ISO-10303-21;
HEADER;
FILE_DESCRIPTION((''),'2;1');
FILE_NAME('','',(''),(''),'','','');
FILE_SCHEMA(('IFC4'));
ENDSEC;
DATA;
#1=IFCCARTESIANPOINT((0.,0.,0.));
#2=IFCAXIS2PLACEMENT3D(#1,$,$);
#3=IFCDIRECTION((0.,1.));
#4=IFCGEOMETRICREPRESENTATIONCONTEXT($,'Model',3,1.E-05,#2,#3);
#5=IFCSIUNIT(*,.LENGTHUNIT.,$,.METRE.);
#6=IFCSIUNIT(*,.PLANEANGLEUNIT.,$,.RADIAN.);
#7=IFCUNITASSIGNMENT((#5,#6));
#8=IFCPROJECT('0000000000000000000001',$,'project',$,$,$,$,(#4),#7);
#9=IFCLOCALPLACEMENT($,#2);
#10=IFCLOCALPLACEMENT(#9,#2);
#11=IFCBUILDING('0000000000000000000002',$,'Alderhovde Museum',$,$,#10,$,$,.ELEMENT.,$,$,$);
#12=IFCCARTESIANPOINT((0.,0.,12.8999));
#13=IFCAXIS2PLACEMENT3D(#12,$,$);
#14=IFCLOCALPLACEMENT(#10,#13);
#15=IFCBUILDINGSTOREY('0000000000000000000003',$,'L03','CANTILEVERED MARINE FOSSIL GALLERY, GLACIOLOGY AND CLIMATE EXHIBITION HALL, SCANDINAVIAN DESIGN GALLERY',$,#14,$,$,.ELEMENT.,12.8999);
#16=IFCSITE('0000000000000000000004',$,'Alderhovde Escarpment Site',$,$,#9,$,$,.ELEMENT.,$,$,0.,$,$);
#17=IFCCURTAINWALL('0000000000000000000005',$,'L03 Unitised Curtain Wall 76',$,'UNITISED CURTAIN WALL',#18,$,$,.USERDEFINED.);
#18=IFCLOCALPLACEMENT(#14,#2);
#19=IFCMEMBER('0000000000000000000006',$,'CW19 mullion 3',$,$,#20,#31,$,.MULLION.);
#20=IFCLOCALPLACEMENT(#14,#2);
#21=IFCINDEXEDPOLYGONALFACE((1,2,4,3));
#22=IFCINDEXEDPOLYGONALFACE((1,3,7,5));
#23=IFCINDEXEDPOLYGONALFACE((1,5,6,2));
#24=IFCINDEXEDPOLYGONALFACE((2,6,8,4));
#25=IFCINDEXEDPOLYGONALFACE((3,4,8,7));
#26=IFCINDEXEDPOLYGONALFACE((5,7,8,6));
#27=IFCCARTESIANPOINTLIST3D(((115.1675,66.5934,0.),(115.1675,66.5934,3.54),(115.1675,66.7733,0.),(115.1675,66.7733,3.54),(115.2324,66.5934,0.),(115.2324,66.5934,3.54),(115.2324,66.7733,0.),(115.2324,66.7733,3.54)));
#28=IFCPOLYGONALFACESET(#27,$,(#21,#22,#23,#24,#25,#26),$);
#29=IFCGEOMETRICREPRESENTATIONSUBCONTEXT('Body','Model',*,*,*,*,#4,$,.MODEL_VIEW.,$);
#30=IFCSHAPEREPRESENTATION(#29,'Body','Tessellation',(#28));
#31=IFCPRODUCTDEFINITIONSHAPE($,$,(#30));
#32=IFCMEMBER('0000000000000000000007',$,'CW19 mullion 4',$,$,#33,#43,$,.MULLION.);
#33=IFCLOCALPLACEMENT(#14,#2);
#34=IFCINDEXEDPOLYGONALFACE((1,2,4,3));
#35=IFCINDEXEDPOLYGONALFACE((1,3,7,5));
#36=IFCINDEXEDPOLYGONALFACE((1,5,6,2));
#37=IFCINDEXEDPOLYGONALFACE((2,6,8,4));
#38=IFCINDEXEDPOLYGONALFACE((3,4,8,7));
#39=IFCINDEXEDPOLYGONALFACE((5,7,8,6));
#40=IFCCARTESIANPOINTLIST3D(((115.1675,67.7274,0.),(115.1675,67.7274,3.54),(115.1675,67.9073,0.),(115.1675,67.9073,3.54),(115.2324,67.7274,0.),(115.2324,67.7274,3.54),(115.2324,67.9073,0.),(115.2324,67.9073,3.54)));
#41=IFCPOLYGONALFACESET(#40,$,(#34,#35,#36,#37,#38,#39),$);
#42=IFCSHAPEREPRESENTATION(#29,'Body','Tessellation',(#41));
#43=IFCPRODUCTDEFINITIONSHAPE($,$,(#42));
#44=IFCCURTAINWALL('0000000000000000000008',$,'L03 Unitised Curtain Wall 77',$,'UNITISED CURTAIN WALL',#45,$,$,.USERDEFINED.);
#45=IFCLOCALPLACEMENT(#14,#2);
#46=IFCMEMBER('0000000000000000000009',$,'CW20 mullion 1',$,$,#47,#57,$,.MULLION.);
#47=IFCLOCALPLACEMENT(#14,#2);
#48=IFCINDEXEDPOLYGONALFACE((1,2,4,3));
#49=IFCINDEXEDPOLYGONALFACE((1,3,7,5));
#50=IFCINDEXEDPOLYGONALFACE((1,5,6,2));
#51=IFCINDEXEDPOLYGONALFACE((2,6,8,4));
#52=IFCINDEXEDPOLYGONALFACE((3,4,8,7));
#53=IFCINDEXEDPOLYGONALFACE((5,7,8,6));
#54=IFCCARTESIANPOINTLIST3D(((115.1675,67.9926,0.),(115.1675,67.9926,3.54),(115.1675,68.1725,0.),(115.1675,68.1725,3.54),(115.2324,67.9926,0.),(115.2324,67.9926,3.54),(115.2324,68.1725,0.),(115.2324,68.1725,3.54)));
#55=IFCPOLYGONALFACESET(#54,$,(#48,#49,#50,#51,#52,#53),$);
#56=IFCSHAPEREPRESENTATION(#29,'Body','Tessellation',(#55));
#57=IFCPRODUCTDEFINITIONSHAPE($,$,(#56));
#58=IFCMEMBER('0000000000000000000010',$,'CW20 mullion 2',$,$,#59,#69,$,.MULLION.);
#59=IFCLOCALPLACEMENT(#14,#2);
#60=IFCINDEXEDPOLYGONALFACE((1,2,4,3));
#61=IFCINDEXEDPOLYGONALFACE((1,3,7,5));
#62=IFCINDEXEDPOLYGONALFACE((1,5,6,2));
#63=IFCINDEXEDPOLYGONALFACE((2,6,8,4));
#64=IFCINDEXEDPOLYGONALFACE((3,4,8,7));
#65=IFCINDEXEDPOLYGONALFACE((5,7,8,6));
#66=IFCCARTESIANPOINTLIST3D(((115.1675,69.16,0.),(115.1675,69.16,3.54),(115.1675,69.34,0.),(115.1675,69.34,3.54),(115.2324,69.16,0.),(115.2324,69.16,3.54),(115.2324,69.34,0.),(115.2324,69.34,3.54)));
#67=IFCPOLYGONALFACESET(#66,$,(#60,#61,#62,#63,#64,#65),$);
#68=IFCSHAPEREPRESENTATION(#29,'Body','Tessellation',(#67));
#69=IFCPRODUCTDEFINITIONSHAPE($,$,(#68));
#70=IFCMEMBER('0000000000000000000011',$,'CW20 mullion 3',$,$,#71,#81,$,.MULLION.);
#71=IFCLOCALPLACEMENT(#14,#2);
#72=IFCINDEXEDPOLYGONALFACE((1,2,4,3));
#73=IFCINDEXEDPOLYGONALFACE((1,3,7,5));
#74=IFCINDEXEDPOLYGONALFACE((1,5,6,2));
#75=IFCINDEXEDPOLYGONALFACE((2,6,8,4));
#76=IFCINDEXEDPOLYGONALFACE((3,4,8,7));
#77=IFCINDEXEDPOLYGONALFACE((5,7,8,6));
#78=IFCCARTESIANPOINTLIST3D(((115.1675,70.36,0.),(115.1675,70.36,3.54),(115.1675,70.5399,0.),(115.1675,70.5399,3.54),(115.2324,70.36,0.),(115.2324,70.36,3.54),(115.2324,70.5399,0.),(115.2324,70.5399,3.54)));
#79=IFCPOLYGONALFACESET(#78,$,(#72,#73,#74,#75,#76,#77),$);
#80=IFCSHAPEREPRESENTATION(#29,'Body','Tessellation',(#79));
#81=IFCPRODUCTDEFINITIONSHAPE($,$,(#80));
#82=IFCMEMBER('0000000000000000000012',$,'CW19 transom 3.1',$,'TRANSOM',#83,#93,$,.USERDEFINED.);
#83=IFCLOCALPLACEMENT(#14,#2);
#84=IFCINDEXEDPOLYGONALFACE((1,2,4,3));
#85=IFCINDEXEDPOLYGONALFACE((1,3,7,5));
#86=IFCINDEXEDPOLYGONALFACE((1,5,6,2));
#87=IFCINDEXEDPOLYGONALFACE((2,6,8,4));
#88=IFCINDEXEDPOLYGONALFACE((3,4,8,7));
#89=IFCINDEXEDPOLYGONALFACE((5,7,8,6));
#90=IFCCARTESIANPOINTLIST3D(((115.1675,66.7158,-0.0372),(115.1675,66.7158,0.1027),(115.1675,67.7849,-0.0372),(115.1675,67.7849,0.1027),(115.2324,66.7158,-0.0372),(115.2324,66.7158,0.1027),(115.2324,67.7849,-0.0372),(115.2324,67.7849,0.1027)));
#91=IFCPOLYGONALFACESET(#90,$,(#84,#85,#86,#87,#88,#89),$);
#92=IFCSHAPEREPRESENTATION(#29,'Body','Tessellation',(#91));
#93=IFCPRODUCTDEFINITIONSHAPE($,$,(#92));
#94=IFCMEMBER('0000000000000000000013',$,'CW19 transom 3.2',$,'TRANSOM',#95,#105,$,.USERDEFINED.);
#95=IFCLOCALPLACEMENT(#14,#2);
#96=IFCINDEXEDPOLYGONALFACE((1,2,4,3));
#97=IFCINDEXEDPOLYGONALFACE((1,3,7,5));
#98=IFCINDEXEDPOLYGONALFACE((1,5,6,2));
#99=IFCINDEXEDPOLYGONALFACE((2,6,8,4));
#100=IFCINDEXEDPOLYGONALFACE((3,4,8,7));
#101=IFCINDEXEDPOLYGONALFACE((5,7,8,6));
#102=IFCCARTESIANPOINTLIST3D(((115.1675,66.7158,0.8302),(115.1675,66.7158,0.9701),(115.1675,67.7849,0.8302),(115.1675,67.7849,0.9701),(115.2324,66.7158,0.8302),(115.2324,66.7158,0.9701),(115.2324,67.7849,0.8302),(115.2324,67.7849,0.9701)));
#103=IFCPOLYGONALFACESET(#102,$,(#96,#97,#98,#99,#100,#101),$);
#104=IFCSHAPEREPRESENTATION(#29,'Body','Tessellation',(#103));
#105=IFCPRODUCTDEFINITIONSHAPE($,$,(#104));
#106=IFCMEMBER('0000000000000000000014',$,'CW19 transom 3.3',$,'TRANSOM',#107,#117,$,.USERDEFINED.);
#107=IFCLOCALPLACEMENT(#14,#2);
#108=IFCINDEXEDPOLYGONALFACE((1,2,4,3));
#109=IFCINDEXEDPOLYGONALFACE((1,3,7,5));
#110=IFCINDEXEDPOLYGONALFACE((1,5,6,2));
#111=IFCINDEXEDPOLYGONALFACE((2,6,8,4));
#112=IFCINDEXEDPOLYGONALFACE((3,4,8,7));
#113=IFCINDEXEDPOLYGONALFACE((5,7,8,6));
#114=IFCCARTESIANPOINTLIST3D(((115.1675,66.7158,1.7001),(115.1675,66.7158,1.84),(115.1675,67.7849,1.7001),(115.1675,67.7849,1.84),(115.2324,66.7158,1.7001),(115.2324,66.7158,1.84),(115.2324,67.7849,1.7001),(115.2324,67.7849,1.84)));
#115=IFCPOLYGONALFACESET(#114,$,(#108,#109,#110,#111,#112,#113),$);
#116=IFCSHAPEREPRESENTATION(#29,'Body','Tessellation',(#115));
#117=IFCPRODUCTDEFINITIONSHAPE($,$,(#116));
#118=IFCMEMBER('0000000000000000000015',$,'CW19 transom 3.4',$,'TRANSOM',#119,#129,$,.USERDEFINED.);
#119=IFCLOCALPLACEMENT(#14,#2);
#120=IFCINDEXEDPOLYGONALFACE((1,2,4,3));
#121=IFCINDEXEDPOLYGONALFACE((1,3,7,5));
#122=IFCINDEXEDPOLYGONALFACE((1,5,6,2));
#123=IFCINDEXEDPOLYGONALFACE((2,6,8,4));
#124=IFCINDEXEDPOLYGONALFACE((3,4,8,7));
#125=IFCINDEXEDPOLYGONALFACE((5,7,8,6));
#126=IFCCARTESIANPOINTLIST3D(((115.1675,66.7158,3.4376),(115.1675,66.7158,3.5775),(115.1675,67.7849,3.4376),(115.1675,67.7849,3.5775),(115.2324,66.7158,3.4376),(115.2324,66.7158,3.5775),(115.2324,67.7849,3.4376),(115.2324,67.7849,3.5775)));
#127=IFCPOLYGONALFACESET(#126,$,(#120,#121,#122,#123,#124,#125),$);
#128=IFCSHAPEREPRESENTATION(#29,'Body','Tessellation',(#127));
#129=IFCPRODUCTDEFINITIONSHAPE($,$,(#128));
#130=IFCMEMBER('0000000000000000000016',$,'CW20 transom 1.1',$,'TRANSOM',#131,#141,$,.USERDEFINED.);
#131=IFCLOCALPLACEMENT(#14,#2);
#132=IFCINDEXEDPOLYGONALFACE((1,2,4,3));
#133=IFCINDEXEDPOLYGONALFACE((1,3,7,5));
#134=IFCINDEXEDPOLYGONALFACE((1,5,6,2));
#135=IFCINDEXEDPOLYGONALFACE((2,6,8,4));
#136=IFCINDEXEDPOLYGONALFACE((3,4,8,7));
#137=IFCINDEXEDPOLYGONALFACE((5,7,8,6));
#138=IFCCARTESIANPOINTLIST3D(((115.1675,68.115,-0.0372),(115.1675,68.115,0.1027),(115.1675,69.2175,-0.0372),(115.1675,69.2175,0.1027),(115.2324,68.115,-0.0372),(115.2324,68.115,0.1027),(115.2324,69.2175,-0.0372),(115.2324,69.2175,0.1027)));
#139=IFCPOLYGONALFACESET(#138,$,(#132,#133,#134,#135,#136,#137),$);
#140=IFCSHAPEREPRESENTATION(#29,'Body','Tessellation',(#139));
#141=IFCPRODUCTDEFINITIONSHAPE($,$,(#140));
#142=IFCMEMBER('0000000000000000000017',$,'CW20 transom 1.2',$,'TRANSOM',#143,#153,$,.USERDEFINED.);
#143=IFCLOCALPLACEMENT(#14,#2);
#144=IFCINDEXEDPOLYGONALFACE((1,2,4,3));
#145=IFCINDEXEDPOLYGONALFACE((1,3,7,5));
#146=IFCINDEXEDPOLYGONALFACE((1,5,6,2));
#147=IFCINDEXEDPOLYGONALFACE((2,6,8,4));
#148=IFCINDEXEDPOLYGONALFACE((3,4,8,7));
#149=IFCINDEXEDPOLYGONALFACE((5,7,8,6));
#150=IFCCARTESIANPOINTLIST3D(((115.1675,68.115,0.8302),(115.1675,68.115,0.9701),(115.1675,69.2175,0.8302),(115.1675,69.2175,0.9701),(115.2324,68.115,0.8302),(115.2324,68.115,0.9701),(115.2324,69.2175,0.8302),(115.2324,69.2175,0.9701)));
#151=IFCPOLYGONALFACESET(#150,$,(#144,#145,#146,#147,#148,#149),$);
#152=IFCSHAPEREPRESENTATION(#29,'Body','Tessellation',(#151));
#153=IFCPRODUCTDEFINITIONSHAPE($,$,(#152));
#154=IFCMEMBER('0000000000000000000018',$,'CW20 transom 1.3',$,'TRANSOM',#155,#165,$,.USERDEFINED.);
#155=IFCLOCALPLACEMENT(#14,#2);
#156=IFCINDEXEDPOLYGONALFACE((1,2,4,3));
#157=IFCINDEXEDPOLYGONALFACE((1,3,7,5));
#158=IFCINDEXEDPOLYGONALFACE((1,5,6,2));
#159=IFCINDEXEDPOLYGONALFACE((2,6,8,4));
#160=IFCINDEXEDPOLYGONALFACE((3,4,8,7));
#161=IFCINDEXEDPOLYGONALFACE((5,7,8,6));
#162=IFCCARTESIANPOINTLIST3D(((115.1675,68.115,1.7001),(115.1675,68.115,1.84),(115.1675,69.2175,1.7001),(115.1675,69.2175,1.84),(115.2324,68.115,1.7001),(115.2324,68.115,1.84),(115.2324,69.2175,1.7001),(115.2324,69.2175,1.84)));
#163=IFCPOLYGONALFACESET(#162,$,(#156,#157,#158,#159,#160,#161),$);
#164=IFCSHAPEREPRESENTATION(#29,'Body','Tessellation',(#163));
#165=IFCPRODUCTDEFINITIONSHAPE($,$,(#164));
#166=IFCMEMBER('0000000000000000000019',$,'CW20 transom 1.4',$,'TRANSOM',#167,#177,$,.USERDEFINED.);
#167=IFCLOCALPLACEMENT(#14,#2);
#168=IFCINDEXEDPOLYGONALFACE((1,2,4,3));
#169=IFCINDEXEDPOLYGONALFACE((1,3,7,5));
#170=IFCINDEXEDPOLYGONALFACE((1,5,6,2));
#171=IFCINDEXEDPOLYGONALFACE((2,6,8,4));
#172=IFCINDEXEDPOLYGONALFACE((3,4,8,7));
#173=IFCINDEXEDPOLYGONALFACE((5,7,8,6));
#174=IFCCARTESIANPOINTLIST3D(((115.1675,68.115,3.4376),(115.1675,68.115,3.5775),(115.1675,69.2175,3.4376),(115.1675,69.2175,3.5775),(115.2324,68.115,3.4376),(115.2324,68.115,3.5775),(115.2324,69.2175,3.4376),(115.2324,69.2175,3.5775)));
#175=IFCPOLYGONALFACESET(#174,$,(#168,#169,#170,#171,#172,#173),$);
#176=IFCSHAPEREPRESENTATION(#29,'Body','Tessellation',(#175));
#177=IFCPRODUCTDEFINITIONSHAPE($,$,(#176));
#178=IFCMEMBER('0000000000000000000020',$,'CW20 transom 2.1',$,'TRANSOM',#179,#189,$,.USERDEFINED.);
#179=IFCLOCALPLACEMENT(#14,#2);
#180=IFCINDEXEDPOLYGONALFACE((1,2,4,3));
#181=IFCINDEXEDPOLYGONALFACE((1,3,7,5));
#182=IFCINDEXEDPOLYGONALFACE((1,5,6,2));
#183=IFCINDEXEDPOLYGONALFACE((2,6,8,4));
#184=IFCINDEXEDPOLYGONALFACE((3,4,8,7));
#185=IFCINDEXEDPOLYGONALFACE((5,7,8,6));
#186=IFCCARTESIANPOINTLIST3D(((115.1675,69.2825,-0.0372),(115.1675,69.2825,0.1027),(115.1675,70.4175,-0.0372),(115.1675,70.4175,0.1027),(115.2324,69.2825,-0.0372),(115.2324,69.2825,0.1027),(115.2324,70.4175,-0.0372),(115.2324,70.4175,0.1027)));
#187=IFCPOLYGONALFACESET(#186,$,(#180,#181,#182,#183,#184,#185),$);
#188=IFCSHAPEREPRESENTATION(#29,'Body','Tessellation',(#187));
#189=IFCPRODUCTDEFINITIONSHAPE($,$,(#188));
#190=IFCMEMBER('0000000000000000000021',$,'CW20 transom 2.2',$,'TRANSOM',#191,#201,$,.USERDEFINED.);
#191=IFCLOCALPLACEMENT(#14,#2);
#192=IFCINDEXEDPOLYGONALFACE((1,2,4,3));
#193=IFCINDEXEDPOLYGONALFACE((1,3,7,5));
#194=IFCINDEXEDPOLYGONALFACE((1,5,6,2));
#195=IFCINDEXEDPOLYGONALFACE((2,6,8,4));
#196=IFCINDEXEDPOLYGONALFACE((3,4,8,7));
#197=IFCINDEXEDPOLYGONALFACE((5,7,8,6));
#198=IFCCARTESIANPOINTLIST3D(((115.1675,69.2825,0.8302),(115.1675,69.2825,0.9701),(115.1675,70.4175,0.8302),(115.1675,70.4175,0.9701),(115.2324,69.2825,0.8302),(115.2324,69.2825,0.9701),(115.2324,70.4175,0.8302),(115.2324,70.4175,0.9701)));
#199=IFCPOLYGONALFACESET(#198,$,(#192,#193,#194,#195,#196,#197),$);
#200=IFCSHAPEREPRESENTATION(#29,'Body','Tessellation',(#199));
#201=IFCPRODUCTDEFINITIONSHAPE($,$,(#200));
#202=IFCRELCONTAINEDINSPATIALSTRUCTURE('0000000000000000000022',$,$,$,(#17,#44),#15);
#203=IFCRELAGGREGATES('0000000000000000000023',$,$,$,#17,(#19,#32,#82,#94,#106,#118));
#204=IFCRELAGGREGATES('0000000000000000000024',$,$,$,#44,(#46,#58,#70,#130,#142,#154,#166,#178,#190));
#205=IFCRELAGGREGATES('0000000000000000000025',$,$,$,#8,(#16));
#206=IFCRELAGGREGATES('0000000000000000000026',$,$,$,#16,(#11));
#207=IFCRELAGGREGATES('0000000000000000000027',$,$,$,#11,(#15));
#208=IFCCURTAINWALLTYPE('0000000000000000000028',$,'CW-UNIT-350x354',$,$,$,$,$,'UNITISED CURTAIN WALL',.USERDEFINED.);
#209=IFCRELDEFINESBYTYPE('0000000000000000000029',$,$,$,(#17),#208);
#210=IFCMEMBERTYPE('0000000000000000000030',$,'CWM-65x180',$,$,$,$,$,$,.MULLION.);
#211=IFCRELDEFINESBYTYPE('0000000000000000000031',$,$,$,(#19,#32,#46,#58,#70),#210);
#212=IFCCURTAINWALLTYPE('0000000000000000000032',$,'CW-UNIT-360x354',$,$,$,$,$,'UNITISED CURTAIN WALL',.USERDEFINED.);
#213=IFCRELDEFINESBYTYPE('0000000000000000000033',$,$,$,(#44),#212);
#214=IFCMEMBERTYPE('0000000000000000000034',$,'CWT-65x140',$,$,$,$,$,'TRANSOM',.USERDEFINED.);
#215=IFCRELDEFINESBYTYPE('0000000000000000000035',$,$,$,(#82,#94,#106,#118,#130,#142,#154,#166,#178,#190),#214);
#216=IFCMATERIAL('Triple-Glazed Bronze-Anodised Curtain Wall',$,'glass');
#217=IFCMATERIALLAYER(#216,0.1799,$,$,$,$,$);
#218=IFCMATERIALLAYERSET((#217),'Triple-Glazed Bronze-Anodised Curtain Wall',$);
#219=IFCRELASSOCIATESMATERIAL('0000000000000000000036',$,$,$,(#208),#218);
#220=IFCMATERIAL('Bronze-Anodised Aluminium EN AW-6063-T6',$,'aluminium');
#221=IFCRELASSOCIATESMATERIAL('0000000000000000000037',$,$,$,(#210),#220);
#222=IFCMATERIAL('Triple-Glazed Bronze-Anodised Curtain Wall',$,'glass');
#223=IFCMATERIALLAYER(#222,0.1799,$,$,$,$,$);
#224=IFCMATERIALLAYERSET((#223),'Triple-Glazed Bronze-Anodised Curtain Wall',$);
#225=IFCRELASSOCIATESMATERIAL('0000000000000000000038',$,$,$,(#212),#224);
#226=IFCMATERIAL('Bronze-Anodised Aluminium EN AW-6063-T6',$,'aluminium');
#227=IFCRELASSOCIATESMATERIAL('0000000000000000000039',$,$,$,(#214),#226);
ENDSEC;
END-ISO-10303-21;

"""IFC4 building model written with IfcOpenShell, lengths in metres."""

from ifc_helpers import new_model, si_unit, direction, frame, origin, origin_2d, place, context, subcontext, project, spatial, rectangle, extrude, material, layer, layer_set, material_profile, profile_set, type_object, element, aggregate, save


model = new_model("IFC4")

# Units and contexts
model_context = context("Model", 3, precision=1e-05, world=origin(), true_north=direction((0.0, 1.0)))
body_context = subcontext(model_context, "Body", "Model", "MODEL_VIEW")
ifc_project = project(units=[si_unit("LENGTHUNIT", "METRE"), si_unit("PLANEANGLEUNIT", "RADIAN")], contexts=[model_context])

# Site, building, storey
site_placement = place(None, origin())
site = spatial("IfcSite", under=ifc_project, at=site_placement, Name="Alderhovde Escarpment Site", CompositionType="ELEMENT", RefElevation=0.0)
building_placement = place(site_placement, origin())
building = spatial("IfcBuilding", under=site, at=building_placement, Name="Alderhovde Museum", CompositionType="ELEMENT")
storey_placement = place(building_placement, frame((0.0, 0.0, 12.8999)))
storey = spatial("IfcBuildingStorey", under=building, at=storey_placement, Name="L03", Description="CANTILEVERED MARINE FOSSIL GALLERY, GLACIOLOGY AND CLIMATE EXHIBITION HALL, SCANDINAVIAN DESIGN GALLERY", CompositionType="ELEMENT", Elevation=12.8999)

# Curtain walls, members
ifc_material_1 = material(Name="Triple-Glazed Bronze-Anodised Curtain Wall", Category="glass")
ifc_layer_1 = layer(ifc_material_1, 0.1799)
ifc_layer_set_1 = layer_set([ifc_layer_1], Name="Triple-Glazed Bronze-Anodised Curtain Wall")
curtain_wall_type_1 = type_object("IfcCurtainWallType", Name="CW-UNIT-350x354", ElementType="UNITISED CURTAIN WALL", PredefinedType="USERDEFINED", material=ifc_layer_set_1)
curtain_wall_1_placement = place(storey_placement, origin())
curtain_wall_1 = element("IfcCurtainWall", 1, at=curtain_wall_1_placement, inside=storey, type_object=curtain_wall_type_1, Name="L03 Unitised Curtain Wall 76", ObjectType="UNITISED CURTAIN WALL", PredefinedType="USERDEFINED")
ifc_material_2 = material(Name="Bronze-Anodised Aluminium EN AW-6063-T6", Category="aluminium")
ifc_material_profile_1 = material_profile(ifc_material_2, rectangle(XDim=0.0649, YDim=0.1799, at=origin_2d()), Name="MULLION 65x180")
ifc_profile_set_1 = profile_set([ifc_material_profile_1], Name="Bronze-Anodised Aluminium EN AW-6063-T6")
member_type_1 = type_object("IfcMemberType", Name="CWM-65x180", PredefinedType="MULLION", material=ifc_profile_set_1)
member_1_placement = place(storey_placement, frame((115.2, 66.6833, 0.0), z_axis=(0.0, 0.0, 1.0), x_axis=(-1.0, 0.0, 0.0)))
member_1 = element("IfcMember", 2, at=member_1_placement, type_object=member_type_1, Name="CW19 mullion 3", PredefinedType="MULLION", context=body_context, shape_type="SweptSolid", body=[
    extrude(rectangle(XDim=0.0649, YDim=0.1799, at=origin_2d()), origin(), (0.0, 0.0, 1.0), 3.54),
])
member_2_placement = place(storey_placement, frame((115.2, 67.8174, 0.0), z_axis=(0.0, 0.0, 1.0), x_axis=(-1.0, 0.0, 0.0)))
member_2 = element("IfcMember", 3, at=member_2_placement, type_object=member_type_1, Name="CW19 mullion 4", PredefinedType="MULLION", context=body_context, shape_type="SweptSolid", body=[
    extrude(rectangle(XDim=0.0649, YDim=0.1799, at=origin_2d()), origin(), (0.0, 0.0, 1.0), 3.54),
])
ifc_material_3 = material(Name="Triple-Glazed Bronze-Anodised Curtain Wall", Category="glass")
ifc_layer_2 = layer(ifc_material_3, 0.1799)
ifc_layer_set_2 = layer_set([ifc_layer_2], Name="Triple-Glazed Bronze-Anodised Curtain Wall")
curtain_wall_type_2 = type_object("IfcCurtainWallType", Name="CW-UNIT-360x354", ElementType="UNITISED CURTAIN WALL", PredefinedType="USERDEFINED", material=ifc_layer_set_2)
curtain_wall_2_placement = place(storey_placement, origin())
curtain_wall_2 = element("IfcCurtainWall", 4, at=curtain_wall_2_placement, inside=storey, type_object=curtain_wall_type_2, Name="L03 Unitised Curtain Wall 77", ObjectType="UNITISED CURTAIN WALL", PredefinedType="USERDEFINED")
member_3_placement = place(storey_placement, frame((115.2, 68.0825, 0.0), z_axis=(0.0, 0.0, 1.0), x_axis=(-1.0, 0.0, 0.0)))
member_3 = element("IfcMember", 5, at=member_3_placement, type_object=member_type_1, Name="CW20 mullion 1", PredefinedType="MULLION", context=body_context, shape_type="SweptSolid", body=[
    extrude(rectangle(XDim=0.0649, YDim=0.1799, at=origin_2d()), origin(), (0.0, 0.0, 1.0), 3.54),
])
member_4_placement = place(storey_placement, frame((115.2, 69.25, 0.0), z_axis=(0.0, 0.0, 1.0), x_axis=(-1.0, 0.0, 0.0)))
member_4 = element("IfcMember", 6, at=member_4_placement, type_object=member_type_1, Name="CW20 mullion 2", PredefinedType="MULLION", context=body_context, shape_type="SweptSolid", body=[
    extrude(rectangle(XDim=0.0649, YDim=0.1799, at=origin_2d()), origin(), (0.0, 0.0, 1.0), 3.54),
])
member_5_placement = place(storey_placement, frame((115.2, 70.45, 0.0), z_axis=(0.0, 0.0, 1.0), x_axis=(-1.0, 0.0, 0.0)))
member_5 = element("IfcMember", 7, at=member_5_placement, type_object=member_type_1, Name="CW20 mullion 3", PredefinedType="MULLION", context=body_context, shape_type="SweptSolid", body=[
    extrude(rectangle(XDim=0.0649, YDim=0.1799, at=origin_2d()), origin(), (0.0, 0.0, 1.0), 3.54),
])

# Members
ifc_material_4 = material(Name="Bronze-Anodised Aluminium EN AW-6063-T6", Category="aluminium")
ifc_material_profile_2 = material_profile(ifc_material_4, rectangle(XDim=0.0649, YDim=0.1399, at=origin_2d()), Name="TRANSOM 65x140")
ifc_profile_set_2 = profile_set([ifc_material_profile_2], Name="Bronze-Anodised Aluminium EN AW-6063-T6")
member_type_2 = type_object("IfcMemberType", Name="CWT-65x140", ElementType="TRANSOM", PredefinedType="USERDEFINED", material=ifc_profile_set_2)
member_6_placement = place(storey_placement, frame((115.2, 66.7158, 0.0327), z_axis=(0.0, 1.0, 0.0), x_axis=(-1.0, 0.0, 0.0)))
member_6 = element("IfcMember", 8, at=member_6_placement, type_object=member_type_2, Name="CW19 transom 3.1", ObjectType="TRANSOM", PredefinedType="USERDEFINED", context=body_context, shape_type="SweptSolid", body=[
    extrude(rectangle(XDim=0.0649, YDim=0.1399, at=origin_2d()), origin(), (0.0, 0.0, 1.0), 1.0691),
])
member_7_placement = place(storey_placement, frame((115.2, 66.7158, 0.9001), z_axis=(0.0, 1.0, 0.0), x_axis=(-1.0, 0.0, 0.0)))
member_7 = element("IfcMember", 9, at=member_7_placement, type_object=member_type_2, Name="CW19 transom 3.2", ObjectType="TRANSOM", PredefinedType="USERDEFINED", context=body_context, shape_type="SweptSolid", body=[
    extrude(rectangle(XDim=0.0649, YDim=0.1399, at=origin_2d()), origin(), (0.0, 0.0, 1.0), 1.0691),
])
member_8_placement = place(storey_placement, frame((115.2, 66.7158, 1.77), z_axis=(0.0, 1.0, 0.0), x_axis=(-1.0, 0.0, 0.0)))
member_8 = element("IfcMember", 10, at=member_8_placement, type_object=member_type_2, Name="CW19 transom 3.3", ObjectType="TRANSOM", PredefinedType="USERDEFINED", context=body_context, shape_type="SweptSolid", body=[
    extrude(rectangle(XDim=0.0649, YDim=0.1399, at=origin_2d()), origin(), (0.0, 0.0, 1.0), 1.0691),
])
member_9_placement = place(storey_placement, frame((115.2, 66.7158, 3.5076), z_axis=(0.0, 1.0, 0.0), x_axis=(-1.0, 0.0, 0.0)))
member_9 = element("IfcMember", 11, at=member_9_placement, type_object=member_type_2, Name="CW19 transom 3.4", ObjectType="TRANSOM", PredefinedType="USERDEFINED", context=body_context, shape_type="SweptSolid", body=[
    extrude(rectangle(XDim=0.0649, YDim=0.1399, at=origin_2d()), origin(), (0.0, 0.0, 1.0), 1.0691),
])
member_10_placement = place(storey_placement, frame((115.2, 68.115, 0.0327), z_axis=(0.0, 1.0, 0.0), x_axis=(-1.0, 0.0, 0.0)))
member_10 = element("IfcMember", 12, at=member_10_placement, type_object=member_type_2, Name="CW20 transom 1.1", ObjectType="TRANSOM", PredefinedType="USERDEFINED", context=body_context, shape_type="SweptSolid", body=[
    extrude(rectangle(XDim=0.0649, YDim=0.1399, at=origin_2d()), origin(), (0.0, 0.0, 1.0), 1.1025),
])
member_11_placement = place(storey_placement, frame((115.2, 68.115, 0.9001), z_axis=(0.0, 1.0, 0.0), x_axis=(-1.0, 0.0, 0.0)))
member_11 = element("IfcMember", 13, at=member_11_placement, type_object=member_type_2, Name="CW20 transom 1.2", ObjectType="TRANSOM", PredefinedType="USERDEFINED", context=body_context, shape_type="SweptSolid", body=[
    extrude(rectangle(XDim=0.0649, YDim=0.1399, at=origin_2d()), origin(), (0.0, 0.0, 1.0), 1.1025),
])
member_12_placement = place(storey_placement, frame((115.2, 68.115, 1.77), z_axis=(0.0, 1.0, 0.0), x_axis=(-1.0, 0.0, 0.0)))
member_12 = element("IfcMember", 14, at=member_12_placement, type_object=member_type_2, Name="CW20 transom 1.3", ObjectType="TRANSOM", PredefinedType="USERDEFINED", context=body_context, shape_type="SweptSolid", body=[
    extrude(rectangle(XDim=0.0649, YDim=0.1399, at=origin_2d()), origin(), (0.0, 0.0, 1.0), 1.1025),
])
member_13_placement = place(storey_placement, frame((115.2, 68.115, 3.5076), z_axis=(0.0, 1.0, 0.0), x_axis=(-1.0, 0.0, 0.0)))
member_13 = element("IfcMember", 15, at=member_13_placement, type_object=member_type_2, Name="CW20 transom 1.4", ObjectType="TRANSOM", PredefinedType="USERDEFINED", context=body_context, shape_type="SweptSolid", body=[
    extrude(rectangle(XDim=0.0649, YDim=0.1399, at=origin_2d()), origin(), (0.0, 0.0, 1.0), 1.1025),
])
member_14_placement = place(storey_placement, frame((115.2, 69.2825, 0.0327), z_axis=(0.0, 1.0, 0.0), x_axis=(-1.0, 0.0, 0.0)))
member_14 = element("IfcMember", 16, at=member_14_placement, type_object=member_type_2, Name="CW20 transom 2.1", ObjectType="TRANSOM", PredefinedType="USERDEFINED", context=body_context, shape_type="SweptSolid", body=[
    extrude(rectangle(XDim=0.0649, YDim=0.1399, at=origin_2d()), origin(), (0.0, 0.0, 1.0), 1.135),
])
member_15_placement = place(storey_placement, frame((115.2, 69.2825, 0.9001), z_axis=(0.0, 1.0, 0.0), x_axis=(-1.0, 0.0, 0.0)))
member_15 = element("IfcMember", 17, at=member_15_placement, type_object=member_type_2, Name="CW20 transom 2.2", ObjectType="TRANSOM", PredefinedType="USERDEFINED", context=body_context, shape_type="SweptSolid", body=[
    extrude(rectangle(XDim=0.0649, YDim=0.1399, at=origin_2d()), origin(), (0.0, 0.0, 1.0), 1.135),
])

aggregate(curtain_wall_1, [member_1, member_2, member_6, member_7, member_8, member_9])
aggregate(curtain_wall_2, [member_3, member_4, member_5, member_10, member_11, member_12, member_13, member_14, member_15])

save(model, "model.ifc")
